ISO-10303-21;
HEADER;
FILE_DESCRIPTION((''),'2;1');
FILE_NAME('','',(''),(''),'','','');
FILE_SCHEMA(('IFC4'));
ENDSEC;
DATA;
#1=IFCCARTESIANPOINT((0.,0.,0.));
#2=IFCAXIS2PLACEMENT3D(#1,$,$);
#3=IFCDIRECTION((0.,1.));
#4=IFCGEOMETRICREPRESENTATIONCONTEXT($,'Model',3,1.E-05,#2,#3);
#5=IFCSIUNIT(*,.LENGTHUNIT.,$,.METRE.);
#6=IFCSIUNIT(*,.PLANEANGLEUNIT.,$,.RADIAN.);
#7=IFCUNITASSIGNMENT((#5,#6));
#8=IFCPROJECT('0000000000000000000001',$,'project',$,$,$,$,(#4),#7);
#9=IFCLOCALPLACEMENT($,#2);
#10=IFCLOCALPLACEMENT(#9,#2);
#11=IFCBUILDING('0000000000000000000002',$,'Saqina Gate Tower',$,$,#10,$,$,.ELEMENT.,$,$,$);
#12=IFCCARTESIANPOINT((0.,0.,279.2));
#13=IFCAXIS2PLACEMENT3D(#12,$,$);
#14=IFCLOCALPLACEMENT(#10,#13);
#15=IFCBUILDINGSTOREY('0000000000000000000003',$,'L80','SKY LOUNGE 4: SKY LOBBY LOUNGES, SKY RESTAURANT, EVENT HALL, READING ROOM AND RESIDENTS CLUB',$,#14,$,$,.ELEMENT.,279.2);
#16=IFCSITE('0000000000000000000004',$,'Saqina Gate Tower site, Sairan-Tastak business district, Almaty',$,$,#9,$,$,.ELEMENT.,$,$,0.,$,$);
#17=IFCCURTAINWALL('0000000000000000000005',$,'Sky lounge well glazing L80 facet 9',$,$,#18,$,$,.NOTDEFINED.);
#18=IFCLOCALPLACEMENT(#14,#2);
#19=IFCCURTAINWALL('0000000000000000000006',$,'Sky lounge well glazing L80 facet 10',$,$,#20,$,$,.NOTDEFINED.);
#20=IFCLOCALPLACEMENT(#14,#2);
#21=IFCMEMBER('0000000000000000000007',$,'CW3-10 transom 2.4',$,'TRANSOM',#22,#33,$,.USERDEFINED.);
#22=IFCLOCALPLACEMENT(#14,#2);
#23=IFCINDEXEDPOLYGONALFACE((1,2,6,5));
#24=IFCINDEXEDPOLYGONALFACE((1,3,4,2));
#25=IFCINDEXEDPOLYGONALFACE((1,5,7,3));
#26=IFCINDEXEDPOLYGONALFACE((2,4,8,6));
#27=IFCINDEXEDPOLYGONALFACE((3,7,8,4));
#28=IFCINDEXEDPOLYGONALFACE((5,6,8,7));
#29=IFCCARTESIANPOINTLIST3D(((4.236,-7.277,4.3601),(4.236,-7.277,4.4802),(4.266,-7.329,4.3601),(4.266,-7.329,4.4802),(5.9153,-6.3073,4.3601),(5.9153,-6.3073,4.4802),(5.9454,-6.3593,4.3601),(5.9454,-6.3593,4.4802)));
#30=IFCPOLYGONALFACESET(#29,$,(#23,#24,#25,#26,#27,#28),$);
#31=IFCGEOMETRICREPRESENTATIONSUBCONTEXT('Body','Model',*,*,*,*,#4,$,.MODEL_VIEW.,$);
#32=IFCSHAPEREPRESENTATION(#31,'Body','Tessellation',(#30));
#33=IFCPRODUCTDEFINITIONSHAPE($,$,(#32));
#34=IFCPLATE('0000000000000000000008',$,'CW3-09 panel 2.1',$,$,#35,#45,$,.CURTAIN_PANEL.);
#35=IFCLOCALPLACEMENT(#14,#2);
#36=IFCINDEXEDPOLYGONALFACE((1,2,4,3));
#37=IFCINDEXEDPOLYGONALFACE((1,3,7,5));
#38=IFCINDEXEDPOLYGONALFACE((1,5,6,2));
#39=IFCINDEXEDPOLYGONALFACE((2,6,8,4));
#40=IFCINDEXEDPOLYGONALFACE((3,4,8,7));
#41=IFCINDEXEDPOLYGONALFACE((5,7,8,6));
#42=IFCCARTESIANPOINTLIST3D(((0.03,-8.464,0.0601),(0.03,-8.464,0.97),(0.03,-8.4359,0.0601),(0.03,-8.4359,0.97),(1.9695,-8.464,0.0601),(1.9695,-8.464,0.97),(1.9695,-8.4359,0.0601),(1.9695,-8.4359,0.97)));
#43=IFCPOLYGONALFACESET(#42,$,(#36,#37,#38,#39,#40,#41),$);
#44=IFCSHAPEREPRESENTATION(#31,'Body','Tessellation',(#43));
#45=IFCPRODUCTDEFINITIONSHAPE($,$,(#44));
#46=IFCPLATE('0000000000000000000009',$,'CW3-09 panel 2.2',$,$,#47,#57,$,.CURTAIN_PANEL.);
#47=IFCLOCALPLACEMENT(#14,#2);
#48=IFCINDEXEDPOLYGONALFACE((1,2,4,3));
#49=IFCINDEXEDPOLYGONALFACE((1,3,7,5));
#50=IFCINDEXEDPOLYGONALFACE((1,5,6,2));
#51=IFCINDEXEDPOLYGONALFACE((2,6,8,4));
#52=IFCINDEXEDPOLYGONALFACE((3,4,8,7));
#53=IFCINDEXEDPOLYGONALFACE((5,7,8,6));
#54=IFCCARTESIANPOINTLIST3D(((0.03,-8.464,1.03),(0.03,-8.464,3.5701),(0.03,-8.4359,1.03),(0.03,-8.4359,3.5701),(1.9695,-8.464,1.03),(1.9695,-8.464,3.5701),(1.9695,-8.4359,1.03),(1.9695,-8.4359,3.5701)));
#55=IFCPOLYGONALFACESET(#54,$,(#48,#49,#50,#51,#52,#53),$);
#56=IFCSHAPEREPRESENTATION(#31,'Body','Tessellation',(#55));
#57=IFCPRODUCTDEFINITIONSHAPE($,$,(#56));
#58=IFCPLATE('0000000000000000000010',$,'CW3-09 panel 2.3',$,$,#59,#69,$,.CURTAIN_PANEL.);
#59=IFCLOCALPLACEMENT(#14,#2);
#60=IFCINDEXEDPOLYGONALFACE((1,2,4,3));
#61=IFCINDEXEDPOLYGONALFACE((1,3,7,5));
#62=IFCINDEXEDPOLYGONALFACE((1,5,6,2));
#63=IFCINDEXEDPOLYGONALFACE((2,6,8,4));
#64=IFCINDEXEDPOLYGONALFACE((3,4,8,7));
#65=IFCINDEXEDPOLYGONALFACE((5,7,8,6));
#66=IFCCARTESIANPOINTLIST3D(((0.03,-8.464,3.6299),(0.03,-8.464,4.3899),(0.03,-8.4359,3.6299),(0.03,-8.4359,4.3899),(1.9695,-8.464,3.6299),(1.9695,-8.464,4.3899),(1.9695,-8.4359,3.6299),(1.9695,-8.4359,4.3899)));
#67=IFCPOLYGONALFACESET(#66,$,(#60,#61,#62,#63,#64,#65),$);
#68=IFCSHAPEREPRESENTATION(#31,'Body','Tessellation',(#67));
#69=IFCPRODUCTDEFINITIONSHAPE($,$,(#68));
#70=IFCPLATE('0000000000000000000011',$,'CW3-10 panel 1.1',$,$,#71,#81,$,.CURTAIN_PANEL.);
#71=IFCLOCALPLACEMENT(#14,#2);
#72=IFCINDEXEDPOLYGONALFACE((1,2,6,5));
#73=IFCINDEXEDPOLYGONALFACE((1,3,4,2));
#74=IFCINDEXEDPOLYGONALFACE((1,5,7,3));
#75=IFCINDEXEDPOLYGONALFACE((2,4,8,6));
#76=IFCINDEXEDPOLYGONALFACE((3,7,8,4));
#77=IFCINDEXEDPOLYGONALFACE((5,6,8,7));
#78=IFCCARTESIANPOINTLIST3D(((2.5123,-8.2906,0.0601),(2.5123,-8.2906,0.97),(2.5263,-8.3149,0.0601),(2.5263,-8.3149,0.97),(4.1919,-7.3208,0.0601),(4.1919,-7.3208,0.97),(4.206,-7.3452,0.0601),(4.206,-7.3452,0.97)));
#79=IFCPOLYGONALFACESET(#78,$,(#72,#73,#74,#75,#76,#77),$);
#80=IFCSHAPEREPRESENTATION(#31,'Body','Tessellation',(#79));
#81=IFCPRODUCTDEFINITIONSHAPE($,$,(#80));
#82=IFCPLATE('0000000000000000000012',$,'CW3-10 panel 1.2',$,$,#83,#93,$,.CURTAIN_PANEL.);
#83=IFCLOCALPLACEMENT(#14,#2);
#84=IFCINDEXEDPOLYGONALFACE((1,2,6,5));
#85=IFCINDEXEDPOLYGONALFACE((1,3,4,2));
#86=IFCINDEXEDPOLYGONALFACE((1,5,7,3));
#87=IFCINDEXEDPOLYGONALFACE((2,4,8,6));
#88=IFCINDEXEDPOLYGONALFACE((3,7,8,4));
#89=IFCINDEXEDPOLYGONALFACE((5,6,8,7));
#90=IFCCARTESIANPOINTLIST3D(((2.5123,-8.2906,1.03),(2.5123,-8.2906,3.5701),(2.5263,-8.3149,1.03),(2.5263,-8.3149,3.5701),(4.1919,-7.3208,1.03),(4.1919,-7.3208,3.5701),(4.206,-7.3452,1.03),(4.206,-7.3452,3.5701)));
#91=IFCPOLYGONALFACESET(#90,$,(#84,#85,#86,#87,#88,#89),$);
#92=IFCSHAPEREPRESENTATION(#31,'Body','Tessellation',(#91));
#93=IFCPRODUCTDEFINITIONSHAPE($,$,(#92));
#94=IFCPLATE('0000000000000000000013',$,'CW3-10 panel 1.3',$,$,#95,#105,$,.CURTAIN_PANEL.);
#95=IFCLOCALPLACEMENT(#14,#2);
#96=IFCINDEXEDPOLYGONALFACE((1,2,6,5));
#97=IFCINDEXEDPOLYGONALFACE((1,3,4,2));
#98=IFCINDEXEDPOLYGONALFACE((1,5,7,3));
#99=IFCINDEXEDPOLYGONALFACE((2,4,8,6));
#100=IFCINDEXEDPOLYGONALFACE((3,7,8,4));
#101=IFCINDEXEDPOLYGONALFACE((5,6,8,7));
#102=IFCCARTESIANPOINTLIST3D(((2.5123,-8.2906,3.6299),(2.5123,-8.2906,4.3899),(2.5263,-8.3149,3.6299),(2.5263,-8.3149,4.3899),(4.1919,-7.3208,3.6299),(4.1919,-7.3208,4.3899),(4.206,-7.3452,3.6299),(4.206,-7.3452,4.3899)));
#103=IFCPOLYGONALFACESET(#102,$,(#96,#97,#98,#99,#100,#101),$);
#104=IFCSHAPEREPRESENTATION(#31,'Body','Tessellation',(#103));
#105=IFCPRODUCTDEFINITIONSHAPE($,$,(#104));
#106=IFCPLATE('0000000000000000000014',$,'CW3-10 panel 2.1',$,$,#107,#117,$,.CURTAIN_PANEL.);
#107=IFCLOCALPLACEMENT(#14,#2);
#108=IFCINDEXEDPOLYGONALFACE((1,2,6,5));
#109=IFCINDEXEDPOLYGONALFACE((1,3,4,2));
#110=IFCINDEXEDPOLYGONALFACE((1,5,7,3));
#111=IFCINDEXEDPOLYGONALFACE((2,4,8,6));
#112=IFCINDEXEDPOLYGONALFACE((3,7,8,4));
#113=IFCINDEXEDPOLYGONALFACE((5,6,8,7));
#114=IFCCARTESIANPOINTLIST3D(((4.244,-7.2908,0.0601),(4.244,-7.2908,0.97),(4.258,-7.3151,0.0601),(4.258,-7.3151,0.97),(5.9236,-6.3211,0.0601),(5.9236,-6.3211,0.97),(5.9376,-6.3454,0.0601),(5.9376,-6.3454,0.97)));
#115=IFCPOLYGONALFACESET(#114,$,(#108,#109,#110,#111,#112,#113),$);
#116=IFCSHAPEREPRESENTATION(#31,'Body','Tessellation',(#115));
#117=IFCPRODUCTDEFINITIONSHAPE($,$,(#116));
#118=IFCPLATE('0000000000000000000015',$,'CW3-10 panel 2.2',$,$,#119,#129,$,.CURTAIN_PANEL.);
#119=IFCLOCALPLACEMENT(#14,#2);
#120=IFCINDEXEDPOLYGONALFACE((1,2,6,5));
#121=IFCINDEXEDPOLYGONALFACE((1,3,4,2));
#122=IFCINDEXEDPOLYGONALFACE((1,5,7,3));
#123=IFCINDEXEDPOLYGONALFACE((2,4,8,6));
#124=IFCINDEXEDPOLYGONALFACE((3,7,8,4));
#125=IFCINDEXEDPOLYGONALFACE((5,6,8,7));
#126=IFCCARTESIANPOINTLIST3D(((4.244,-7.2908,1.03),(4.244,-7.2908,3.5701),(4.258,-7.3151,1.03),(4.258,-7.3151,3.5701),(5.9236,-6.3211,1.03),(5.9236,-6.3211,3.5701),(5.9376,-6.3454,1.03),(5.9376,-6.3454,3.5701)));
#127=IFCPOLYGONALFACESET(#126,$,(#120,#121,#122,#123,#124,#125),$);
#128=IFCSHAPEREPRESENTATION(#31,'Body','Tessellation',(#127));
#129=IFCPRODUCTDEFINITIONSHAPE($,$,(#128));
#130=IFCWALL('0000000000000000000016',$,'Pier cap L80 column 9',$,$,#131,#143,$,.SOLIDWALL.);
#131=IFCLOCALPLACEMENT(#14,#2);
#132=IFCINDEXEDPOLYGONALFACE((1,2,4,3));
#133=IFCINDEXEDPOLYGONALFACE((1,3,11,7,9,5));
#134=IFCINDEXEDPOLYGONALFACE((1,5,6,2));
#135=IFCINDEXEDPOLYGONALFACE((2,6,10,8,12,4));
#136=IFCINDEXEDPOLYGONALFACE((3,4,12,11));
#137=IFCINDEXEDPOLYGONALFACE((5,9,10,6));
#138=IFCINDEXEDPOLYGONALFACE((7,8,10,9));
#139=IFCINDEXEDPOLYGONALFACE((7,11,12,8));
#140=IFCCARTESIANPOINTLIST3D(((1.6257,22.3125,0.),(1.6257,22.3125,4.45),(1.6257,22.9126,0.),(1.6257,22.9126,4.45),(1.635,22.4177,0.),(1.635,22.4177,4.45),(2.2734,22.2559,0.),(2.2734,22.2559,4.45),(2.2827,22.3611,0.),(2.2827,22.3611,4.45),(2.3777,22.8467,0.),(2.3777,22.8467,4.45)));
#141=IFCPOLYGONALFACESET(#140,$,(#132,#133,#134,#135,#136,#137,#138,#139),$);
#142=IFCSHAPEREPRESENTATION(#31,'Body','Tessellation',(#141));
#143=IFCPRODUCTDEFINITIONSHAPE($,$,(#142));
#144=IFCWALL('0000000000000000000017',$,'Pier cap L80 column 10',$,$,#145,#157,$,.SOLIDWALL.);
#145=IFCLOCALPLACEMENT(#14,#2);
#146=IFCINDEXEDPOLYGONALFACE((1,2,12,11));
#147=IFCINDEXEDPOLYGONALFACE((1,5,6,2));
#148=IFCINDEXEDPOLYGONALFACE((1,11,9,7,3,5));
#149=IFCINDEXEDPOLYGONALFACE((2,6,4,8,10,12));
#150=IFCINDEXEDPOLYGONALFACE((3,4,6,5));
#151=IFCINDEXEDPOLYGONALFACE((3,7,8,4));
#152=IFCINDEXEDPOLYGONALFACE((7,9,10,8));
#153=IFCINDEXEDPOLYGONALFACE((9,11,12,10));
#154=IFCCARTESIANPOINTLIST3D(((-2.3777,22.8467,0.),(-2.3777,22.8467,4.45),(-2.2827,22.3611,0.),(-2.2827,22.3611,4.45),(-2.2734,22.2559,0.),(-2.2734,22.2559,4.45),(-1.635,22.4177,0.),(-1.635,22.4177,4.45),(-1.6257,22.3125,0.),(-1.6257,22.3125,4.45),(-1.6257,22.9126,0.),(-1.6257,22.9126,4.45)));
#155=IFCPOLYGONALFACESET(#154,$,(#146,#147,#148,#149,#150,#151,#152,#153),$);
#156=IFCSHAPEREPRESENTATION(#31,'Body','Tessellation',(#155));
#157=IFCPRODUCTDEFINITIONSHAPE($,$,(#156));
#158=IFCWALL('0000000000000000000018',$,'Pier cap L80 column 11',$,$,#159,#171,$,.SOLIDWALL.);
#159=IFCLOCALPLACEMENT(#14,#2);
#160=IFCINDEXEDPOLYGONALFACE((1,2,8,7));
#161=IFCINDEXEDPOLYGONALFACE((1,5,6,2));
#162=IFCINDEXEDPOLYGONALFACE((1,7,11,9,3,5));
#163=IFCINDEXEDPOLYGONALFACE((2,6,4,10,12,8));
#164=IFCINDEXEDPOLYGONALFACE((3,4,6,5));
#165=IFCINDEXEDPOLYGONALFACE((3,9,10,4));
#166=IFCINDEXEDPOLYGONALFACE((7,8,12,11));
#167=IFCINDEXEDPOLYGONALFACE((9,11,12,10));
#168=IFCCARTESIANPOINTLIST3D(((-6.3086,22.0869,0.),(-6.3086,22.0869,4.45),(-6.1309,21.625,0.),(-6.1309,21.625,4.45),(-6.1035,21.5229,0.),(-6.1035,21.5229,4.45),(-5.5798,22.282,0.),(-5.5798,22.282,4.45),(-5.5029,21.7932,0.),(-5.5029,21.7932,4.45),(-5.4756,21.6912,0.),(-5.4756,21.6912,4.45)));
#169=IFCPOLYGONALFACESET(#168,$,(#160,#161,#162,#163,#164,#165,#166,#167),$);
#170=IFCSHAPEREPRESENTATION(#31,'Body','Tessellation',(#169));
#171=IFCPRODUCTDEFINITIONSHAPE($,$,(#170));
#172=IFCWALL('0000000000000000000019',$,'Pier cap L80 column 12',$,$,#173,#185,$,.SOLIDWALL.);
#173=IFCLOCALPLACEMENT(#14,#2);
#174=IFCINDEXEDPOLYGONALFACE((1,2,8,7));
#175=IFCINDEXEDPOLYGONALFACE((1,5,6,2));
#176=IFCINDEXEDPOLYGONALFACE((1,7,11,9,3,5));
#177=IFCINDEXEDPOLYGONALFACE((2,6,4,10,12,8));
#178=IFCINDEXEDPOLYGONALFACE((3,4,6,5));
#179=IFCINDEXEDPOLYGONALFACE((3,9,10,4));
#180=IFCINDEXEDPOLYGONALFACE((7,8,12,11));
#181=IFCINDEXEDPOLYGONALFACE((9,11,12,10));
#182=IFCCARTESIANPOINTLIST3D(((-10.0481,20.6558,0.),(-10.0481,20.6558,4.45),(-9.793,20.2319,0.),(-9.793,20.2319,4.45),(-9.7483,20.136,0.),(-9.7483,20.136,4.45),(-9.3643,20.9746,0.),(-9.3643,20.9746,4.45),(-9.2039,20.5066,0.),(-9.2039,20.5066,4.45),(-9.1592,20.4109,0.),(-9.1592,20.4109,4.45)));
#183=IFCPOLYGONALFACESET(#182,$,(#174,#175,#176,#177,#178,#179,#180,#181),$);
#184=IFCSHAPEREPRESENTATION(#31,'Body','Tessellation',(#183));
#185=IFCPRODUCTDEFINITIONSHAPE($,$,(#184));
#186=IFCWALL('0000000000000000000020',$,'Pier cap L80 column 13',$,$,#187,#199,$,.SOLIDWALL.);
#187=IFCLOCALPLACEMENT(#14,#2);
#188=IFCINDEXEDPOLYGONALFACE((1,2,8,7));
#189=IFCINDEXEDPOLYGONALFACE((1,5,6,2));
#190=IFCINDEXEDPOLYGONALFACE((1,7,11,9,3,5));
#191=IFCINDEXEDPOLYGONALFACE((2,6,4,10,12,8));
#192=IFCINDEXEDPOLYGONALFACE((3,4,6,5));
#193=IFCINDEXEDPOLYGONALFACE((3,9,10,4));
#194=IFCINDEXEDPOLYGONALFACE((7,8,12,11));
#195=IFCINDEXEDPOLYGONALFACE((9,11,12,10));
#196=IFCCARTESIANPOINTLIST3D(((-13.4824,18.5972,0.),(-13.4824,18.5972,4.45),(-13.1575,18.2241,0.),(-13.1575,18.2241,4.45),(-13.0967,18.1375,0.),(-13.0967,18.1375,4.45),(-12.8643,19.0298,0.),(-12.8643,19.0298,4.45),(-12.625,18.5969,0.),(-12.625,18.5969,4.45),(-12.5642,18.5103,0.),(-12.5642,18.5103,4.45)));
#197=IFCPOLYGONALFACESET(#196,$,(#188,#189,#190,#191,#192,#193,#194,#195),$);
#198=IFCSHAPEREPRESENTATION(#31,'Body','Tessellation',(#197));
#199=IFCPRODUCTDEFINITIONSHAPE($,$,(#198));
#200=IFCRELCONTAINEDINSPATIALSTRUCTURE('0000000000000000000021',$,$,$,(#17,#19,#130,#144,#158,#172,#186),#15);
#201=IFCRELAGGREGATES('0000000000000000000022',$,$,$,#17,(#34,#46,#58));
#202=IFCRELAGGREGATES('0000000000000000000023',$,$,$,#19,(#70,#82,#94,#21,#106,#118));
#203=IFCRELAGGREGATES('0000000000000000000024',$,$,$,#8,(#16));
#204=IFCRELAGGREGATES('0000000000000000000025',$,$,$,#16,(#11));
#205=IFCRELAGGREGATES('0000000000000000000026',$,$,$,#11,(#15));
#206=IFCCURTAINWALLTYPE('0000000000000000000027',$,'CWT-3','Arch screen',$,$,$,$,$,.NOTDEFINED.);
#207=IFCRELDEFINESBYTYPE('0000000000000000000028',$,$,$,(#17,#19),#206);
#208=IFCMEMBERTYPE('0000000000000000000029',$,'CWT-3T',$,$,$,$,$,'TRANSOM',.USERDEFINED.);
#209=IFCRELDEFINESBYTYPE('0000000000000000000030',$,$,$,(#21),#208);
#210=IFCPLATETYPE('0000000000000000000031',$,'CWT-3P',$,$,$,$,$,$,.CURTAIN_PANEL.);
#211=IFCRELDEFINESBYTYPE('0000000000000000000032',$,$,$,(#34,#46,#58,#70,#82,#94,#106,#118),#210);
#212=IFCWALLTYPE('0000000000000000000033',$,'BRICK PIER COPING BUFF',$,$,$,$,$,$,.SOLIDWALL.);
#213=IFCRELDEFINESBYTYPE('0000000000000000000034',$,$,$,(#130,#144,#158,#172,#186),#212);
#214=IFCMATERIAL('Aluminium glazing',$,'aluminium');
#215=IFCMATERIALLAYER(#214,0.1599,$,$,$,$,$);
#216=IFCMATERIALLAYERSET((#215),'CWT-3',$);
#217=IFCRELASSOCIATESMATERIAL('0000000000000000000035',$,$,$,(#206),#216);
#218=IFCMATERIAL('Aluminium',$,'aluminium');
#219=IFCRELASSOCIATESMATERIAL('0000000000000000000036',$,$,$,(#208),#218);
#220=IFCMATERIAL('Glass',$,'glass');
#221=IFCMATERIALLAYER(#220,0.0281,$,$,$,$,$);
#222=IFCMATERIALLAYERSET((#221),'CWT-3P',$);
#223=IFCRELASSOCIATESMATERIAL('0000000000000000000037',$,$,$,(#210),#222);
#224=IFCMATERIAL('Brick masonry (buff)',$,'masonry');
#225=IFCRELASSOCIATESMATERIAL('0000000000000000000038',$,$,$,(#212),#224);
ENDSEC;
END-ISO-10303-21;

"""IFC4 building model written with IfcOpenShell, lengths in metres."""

from ifc_helpers import new_model, si_unit, direction, frame, origin, origin_2d, place, context, subcontext, project, spatial, polyline, rectangle, outline, extrude, material, layer, layer_set, material_profile, profile_set, type_object, element, aggregate, save


model = new_model("IFC4")

# Units and contexts
model_context = context("Model", 3, precision=1e-05, world=origin(), true_north=direction((0.0, 1.0)))
body_context = subcontext(model_context, "Body", "Model", "MODEL_VIEW")
ifc_project = project(units=[si_unit("LENGTHUNIT", "METRE"), si_unit("PLANEANGLEUNIT", "RADIAN")], contexts=[model_context])

# Site, building, storey
site_placement = place(None, origin())
site = spatial("IfcSite", under=ifc_project, at=site_placement, Name="Saqina Gate Tower site, Sairan-Tastak business district, Almaty", CompositionType="ELEMENT", RefElevation=0.0)
building_placement = place(site_placement, origin())
building = spatial("IfcBuilding", under=site, at=building_placement, Name="Saqina Gate Tower", CompositionType="ELEMENT")
storey_placement = place(building_placement, frame((0.0, 0.0, 279.2)))
storey = spatial("IfcBuildingStorey", under=building, at=storey_placement, Name="L80", Description="SKY LOUNGE 4: SKY LOBBY LOUNGES, SKY RESTAURANT, EVENT HALL, READING ROOM AND RESIDENTS CLUB", CompositionType="ELEMENT", Elevation=279.2)

# Curtain wall
ifc_material_1 = material(Name="Aluminium glazing", Category="aluminium")
ifc_layer_1 = layer(ifc_material_1, 0.1599)
ifc_layer_set_1 = layer_set([ifc_layer_1], Name="CWT-3")
curtain_wall_type = type_object("IfcCurtainWallType", Name="CWT-3", Description="Arch screen", PredefinedType="NOTDEFINED", material=ifc_layer_set_1)
curtain_wall_1_placement = place(storey_placement, origin())
curtain_wall_1 = element("IfcCurtainWall", 1, at=curtain_wall_1_placement, inside=storey, type_object=curtain_wall_type, Name="Sky lounge well glazing L80 facet 9", PredefinedType="NOTDEFINED")

# Curtain wall
curtain_wall_2_placement = place(storey_placement, origin())
curtain_wall_2 = element("IfcCurtainWall", 2, at=curtain_wall_2_placement, inside=storey, type_object=curtain_wall_type, Name="Sky lounge well glazing L80 facet 10", PredefinedType="NOTDEFINED")

# Member
ifc_material_2 = material(Name="Aluminium", Category="aluminium")
ifc_material_profile_1 = material_profile(ifc_material_2, rectangle(XDim=0.0601, YDim=0.1201, at=origin_2d()), Name="Aluminium 60x120")
ifc_profile_set_1 = profile_set([ifc_material_profile_1], Name="Aluminium")
member_type_1 = type_object("IfcMemberType", Name="CWT-3T", ElementType="TRANSOM", PredefinedType="USERDEFINED", material=ifc_profile_set_1)
member_1_placement = place(storey_placement, frame((4.251, -7.303, 4.4202), z_axis=(0.866003, 0.500038, 0.0), x_axis=(-0.500038, 0.866003, 0.0)))
member_1 = element("IfcMember", 3, at=member_1_placement, type_object=member_type_1, Name="CW3-10 transom 2.4", ObjectType="TRANSOM", PredefinedType="USERDEFINED", context=body_context, shape_type="SweptSolid", body=[
    extrude(rectangle(XDim=0.0601, YDim=0.1201, at=origin_2d()), origin(), (0.0, 0.0, 1.0), 1.9392),
])

# Plates
ifc_material_3 = material(Name="Glass", Category="glass")
ifc_layer_2 = layer(ifc_material_3, 0.0281)
ifc_layer_set_2 = layer_set([ifc_layer_2], Name="CWT-3P")
plate_type = type_object("IfcPlateType", Name="CWT-3P", PredefinedType="CURTAIN_PANEL", material=ifc_layer_set_2)
plate_1_placement = place(storey_placement, frame((0.9998, -8.45, 0.0601), z_axis=(0.0, 0.0, 1.0), x_axis=(1.0, 0.0, 0.0)))
plate_1 = element("IfcPlate", 4, at=plate_1_placement, type_object=plate_type, Name="CW3-09 panel 2.1", PredefinedType="CURTAIN_PANEL", context=body_context, shape_type="SweptSolid", body=[
    extrude(rectangle(XDim=1.9395, YDim=0.0281, at=origin_2d()), origin(), (0.0, 0.0, 1.0), 0.9099),
])
plate_2_placement = place(storey_placement, frame((0.9998, -8.45, 1.03), z_axis=(0.0, 0.0, 1.0), x_axis=(1.0, 0.0, 0.0)))
plate_2 = element("IfcPlate", 5, at=plate_2_placement, type_object=plate_type, Name="CW3-09 panel 2.2", PredefinedType="CURTAIN_PANEL", context=body_context, shape_type="SweptSolid", body=[
    extrude(rectangle(XDim=1.9395, YDim=0.0281, at=origin_2d()), origin(), (0.0, 0.0, 1.0), 2.54),
])
plate_3_placement = place(storey_placement, frame((0.9998, -8.45, 3.6299), z_axis=(0.0, 0.0, 1.0), x_axis=(1.0, 0.0, 0.0)))
plate_3 = element("IfcPlate", 6, at=plate_3_placement, type_object=plate_type, Name="CW3-09 panel 2.3", PredefinedType="CURTAIN_PANEL", context=body_context, shape_type="SweptSolid", body=[
    extrude(rectangle(XDim=1.9395, YDim=0.0281, at=origin_2d()), origin(), (0.0, 0.0, 1.0), 0.76),
])
aggregate(curtain_wall_1, [plate_1, plate_2, plate_3])
plate_4_placement = place(storey_placement, frame((3.3591, -7.8179, 0.0601), z_axis=(0.0, 0.0, 1.0), x_axis=(0.866024, 0.500003, 0.0)))
plate_4 = element("IfcPlate", 7, at=plate_4_placement, type_object=plate_type, Name="CW3-10 panel 1.1", PredefinedType="CURTAIN_PANEL", context=body_context, shape_type="SweptSolid", body=[
    extrude(rectangle(XDim=1.9395, YDim=0.0281, at=origin_2d()), origin(), (0.0, 0.0, 1.0), 0.9099),
])
plate_5_placement = place(storey_placement, frame((3.3591, -7.8179, 1.03), z_axis=(0.0, 0.0, 1.0), x_axis=(0.866024, 0.500003, 0.0)))
plate_5 = element("IfcPlate", 8, at=plate_5_placement, type_object=plate_type, Name="CW3-10 panel 1.2", PredefinedType="CURTAIN_PANEL", context=body_context, shape_type="SweptSolid", body=[
    extrude(rectangle(XDim=1.9395, YDim=0.0281, at=origin_2d()), origin(), (0.0, 0.0, 1.0), 2.54),
])
plate_6_placement = place(storey_placement, frame((3.3591, -7.8179, 3.6299), z_axis=(0.0, 0.0, 1.0), x_axis=(0.866024, 0.500003, 0.0)))
plate_6 = element("IfcPlate", 9, at=plate_6_placement, type_object=plate_type, Name="CW3-10 panel 1.3", PredefinedType="CURTAIN_PANEL", context=body_context, shape_type="SweptSolid", body=[
    extrude(rectangle(XDim=1.9395, YDim=0.0281, at=origin_2d()), origin(), (0.0, 0.0, 1.0), 0.76),
])
plate_7_placement = place(storey_placement, frame((5.0908, -6.8181, 0.0601), z_axis=(0.0, 0.0, 1.0), x_axis=(0.866024, 0.500003, 0.0)))
plate_7 = element("IfcPlate", 10, at=plate_7_placement, type_object=plate_type, Name="CW3-10 panel 2.1", PredefinedType="CURTAIN_PANEL", context=body_context, shape_type="SweptSolid", body=[
    extrude(rectangle(XDim=1.9395, YDim=0.0281, at=origin_2d()), origin(), (0.0, 0.0, 1.0), 0.9099),
])
plate_8_placement = place(storey_placement, frame((5.0908, -6.8181, 1.03), z_axis=(0.0, 0.0, 1.0), x_axis=(0.866024, 0.500003, 0.0)))
plate_8 = element("IfcPlate", 11, at=plate_8_placement, type_object=plate_type, Name="CW3-10 panel 2.2", PredefinedType="CURTAIN_PANEL", context=body_context, shape_type="SweptSolid", body=[
    extrude(rectangle(XDim=1.9395, YDim=0.0281, at=origin_2d()), origin(), (0.0, 0.0, 1.0), 2.54),
])
aggregate(curtain_wall_2, [plate_4, plate_5, plate_6, member_1, plate_7, plate_8])

# Walls
ifc_material_4 = material(Name="Brick masonry (buff)", Category="masonry")
wall_type = type_object("IfcWallType", Name="BRICK PIER COPING BUFF", PredefinedType="SOLIDWALL", material=ifc_material_4)
wall_1_placement = place(storey_placement, origin())
element("IfcWall", 12, at=wall_1_placement, inside=storey, type_object=wall_type, Name="Pier cap L80 column 9", PredefinedType="SOLIDWALL", context=body_context, shape_type="SweptSolid", body=[
    extrude(outline(polyline([(2.3777, 22.8467), (1.6257, 22.9126), (1.6257, 22.3125), (1.635, 22.4177), (2.2827, 22.3611), (2.2734, 22.2559), (2.3777, 22.8467)])), origin(), (0.0, 0.0, 1.0), 4.45),
])
wall_2_placement = place(storey_placement, origin())
element("IfcWall", 13, at=wall_2_placement, inside=storey, type_object=wall_type, Name="Pier cap L80 column 10", PredefinedType="SOLIDWALL", context=body_context, shape_type="SweptSolid", body=[
    extrude(outline(polyline([(-1.6257, 22.9126), (-2.3777, 22.8467), (-2.2734, 22.2559), (-2.2827, 22.3611), (-1.635, 22.4177), (-1.6257, 22.3125), (-1.6257, 22.9126)])), origin(), (0.0, 0.0, 1.0), 4.45),
])
wall_3_placement = place(storey_placement, origin())
element("IfcWall", 14, at=wall_3_placement, inside=storey, type_object=wall_type, Name="Pier cap L80 column 11", PredefinedType="SOLIDWALL", context=body_context, shape_type="SweptSolid", body=[
    extrude(outline(polyline([(-6.3086, 22.0869), (-6.1035, 21.5229), (-6.1309, 21.625), (-5.5029, 21.7932), (-5.4756, 21.6912), (-5.5798, 22.282), (-6.3086, 22.0869)])), origin(), (0.0, 0.0, 1.0), 4.45),
])
wall_4_placement = place(storey_placement, origin())
element("IfcWall", 15, at=wall_4_placement, inside=storey, type_object=wall_type, Name="Pier cap L80 column 12", PredefinedType="SOLIDWALL", context=body_context, shape_type="SweptSolid", body=[
    extrude(outline(polyline([(-9.3643, 20.9746), (-10.0481, 20.6558), (-9.7483, 20.136), (-9.793, 20.2319), (-9.2039, 20.5066), (-9.1592, 20.4109), (-9.3643, 20.9746)])), origin(), (0.0, 0.0, 1.0), 4.45),
])
wall_5_placement = place(storey_placement, origin())
element("IfcWall", 16, at=wall_5_placement, inside=storey, type_object=wall_type, Name="Pier cap L80 column 13", PredefinedType="SOLIDWALL", context=body_context, shape_type="SweptSolid", body=[
    extrude(outline(polyline([(-12.8643, 19.0298), (-13.4824, 18.5972), (-13.0967, 18.1375), (-13.1575, 18.2241), (-12.625, 18.5969), (-12.5642, 18.5103), (-12.8643, 19.0298)])), origin(), (0.0, 0.0, 1.0), 4.45),
])

save(model, "model.ifc")
